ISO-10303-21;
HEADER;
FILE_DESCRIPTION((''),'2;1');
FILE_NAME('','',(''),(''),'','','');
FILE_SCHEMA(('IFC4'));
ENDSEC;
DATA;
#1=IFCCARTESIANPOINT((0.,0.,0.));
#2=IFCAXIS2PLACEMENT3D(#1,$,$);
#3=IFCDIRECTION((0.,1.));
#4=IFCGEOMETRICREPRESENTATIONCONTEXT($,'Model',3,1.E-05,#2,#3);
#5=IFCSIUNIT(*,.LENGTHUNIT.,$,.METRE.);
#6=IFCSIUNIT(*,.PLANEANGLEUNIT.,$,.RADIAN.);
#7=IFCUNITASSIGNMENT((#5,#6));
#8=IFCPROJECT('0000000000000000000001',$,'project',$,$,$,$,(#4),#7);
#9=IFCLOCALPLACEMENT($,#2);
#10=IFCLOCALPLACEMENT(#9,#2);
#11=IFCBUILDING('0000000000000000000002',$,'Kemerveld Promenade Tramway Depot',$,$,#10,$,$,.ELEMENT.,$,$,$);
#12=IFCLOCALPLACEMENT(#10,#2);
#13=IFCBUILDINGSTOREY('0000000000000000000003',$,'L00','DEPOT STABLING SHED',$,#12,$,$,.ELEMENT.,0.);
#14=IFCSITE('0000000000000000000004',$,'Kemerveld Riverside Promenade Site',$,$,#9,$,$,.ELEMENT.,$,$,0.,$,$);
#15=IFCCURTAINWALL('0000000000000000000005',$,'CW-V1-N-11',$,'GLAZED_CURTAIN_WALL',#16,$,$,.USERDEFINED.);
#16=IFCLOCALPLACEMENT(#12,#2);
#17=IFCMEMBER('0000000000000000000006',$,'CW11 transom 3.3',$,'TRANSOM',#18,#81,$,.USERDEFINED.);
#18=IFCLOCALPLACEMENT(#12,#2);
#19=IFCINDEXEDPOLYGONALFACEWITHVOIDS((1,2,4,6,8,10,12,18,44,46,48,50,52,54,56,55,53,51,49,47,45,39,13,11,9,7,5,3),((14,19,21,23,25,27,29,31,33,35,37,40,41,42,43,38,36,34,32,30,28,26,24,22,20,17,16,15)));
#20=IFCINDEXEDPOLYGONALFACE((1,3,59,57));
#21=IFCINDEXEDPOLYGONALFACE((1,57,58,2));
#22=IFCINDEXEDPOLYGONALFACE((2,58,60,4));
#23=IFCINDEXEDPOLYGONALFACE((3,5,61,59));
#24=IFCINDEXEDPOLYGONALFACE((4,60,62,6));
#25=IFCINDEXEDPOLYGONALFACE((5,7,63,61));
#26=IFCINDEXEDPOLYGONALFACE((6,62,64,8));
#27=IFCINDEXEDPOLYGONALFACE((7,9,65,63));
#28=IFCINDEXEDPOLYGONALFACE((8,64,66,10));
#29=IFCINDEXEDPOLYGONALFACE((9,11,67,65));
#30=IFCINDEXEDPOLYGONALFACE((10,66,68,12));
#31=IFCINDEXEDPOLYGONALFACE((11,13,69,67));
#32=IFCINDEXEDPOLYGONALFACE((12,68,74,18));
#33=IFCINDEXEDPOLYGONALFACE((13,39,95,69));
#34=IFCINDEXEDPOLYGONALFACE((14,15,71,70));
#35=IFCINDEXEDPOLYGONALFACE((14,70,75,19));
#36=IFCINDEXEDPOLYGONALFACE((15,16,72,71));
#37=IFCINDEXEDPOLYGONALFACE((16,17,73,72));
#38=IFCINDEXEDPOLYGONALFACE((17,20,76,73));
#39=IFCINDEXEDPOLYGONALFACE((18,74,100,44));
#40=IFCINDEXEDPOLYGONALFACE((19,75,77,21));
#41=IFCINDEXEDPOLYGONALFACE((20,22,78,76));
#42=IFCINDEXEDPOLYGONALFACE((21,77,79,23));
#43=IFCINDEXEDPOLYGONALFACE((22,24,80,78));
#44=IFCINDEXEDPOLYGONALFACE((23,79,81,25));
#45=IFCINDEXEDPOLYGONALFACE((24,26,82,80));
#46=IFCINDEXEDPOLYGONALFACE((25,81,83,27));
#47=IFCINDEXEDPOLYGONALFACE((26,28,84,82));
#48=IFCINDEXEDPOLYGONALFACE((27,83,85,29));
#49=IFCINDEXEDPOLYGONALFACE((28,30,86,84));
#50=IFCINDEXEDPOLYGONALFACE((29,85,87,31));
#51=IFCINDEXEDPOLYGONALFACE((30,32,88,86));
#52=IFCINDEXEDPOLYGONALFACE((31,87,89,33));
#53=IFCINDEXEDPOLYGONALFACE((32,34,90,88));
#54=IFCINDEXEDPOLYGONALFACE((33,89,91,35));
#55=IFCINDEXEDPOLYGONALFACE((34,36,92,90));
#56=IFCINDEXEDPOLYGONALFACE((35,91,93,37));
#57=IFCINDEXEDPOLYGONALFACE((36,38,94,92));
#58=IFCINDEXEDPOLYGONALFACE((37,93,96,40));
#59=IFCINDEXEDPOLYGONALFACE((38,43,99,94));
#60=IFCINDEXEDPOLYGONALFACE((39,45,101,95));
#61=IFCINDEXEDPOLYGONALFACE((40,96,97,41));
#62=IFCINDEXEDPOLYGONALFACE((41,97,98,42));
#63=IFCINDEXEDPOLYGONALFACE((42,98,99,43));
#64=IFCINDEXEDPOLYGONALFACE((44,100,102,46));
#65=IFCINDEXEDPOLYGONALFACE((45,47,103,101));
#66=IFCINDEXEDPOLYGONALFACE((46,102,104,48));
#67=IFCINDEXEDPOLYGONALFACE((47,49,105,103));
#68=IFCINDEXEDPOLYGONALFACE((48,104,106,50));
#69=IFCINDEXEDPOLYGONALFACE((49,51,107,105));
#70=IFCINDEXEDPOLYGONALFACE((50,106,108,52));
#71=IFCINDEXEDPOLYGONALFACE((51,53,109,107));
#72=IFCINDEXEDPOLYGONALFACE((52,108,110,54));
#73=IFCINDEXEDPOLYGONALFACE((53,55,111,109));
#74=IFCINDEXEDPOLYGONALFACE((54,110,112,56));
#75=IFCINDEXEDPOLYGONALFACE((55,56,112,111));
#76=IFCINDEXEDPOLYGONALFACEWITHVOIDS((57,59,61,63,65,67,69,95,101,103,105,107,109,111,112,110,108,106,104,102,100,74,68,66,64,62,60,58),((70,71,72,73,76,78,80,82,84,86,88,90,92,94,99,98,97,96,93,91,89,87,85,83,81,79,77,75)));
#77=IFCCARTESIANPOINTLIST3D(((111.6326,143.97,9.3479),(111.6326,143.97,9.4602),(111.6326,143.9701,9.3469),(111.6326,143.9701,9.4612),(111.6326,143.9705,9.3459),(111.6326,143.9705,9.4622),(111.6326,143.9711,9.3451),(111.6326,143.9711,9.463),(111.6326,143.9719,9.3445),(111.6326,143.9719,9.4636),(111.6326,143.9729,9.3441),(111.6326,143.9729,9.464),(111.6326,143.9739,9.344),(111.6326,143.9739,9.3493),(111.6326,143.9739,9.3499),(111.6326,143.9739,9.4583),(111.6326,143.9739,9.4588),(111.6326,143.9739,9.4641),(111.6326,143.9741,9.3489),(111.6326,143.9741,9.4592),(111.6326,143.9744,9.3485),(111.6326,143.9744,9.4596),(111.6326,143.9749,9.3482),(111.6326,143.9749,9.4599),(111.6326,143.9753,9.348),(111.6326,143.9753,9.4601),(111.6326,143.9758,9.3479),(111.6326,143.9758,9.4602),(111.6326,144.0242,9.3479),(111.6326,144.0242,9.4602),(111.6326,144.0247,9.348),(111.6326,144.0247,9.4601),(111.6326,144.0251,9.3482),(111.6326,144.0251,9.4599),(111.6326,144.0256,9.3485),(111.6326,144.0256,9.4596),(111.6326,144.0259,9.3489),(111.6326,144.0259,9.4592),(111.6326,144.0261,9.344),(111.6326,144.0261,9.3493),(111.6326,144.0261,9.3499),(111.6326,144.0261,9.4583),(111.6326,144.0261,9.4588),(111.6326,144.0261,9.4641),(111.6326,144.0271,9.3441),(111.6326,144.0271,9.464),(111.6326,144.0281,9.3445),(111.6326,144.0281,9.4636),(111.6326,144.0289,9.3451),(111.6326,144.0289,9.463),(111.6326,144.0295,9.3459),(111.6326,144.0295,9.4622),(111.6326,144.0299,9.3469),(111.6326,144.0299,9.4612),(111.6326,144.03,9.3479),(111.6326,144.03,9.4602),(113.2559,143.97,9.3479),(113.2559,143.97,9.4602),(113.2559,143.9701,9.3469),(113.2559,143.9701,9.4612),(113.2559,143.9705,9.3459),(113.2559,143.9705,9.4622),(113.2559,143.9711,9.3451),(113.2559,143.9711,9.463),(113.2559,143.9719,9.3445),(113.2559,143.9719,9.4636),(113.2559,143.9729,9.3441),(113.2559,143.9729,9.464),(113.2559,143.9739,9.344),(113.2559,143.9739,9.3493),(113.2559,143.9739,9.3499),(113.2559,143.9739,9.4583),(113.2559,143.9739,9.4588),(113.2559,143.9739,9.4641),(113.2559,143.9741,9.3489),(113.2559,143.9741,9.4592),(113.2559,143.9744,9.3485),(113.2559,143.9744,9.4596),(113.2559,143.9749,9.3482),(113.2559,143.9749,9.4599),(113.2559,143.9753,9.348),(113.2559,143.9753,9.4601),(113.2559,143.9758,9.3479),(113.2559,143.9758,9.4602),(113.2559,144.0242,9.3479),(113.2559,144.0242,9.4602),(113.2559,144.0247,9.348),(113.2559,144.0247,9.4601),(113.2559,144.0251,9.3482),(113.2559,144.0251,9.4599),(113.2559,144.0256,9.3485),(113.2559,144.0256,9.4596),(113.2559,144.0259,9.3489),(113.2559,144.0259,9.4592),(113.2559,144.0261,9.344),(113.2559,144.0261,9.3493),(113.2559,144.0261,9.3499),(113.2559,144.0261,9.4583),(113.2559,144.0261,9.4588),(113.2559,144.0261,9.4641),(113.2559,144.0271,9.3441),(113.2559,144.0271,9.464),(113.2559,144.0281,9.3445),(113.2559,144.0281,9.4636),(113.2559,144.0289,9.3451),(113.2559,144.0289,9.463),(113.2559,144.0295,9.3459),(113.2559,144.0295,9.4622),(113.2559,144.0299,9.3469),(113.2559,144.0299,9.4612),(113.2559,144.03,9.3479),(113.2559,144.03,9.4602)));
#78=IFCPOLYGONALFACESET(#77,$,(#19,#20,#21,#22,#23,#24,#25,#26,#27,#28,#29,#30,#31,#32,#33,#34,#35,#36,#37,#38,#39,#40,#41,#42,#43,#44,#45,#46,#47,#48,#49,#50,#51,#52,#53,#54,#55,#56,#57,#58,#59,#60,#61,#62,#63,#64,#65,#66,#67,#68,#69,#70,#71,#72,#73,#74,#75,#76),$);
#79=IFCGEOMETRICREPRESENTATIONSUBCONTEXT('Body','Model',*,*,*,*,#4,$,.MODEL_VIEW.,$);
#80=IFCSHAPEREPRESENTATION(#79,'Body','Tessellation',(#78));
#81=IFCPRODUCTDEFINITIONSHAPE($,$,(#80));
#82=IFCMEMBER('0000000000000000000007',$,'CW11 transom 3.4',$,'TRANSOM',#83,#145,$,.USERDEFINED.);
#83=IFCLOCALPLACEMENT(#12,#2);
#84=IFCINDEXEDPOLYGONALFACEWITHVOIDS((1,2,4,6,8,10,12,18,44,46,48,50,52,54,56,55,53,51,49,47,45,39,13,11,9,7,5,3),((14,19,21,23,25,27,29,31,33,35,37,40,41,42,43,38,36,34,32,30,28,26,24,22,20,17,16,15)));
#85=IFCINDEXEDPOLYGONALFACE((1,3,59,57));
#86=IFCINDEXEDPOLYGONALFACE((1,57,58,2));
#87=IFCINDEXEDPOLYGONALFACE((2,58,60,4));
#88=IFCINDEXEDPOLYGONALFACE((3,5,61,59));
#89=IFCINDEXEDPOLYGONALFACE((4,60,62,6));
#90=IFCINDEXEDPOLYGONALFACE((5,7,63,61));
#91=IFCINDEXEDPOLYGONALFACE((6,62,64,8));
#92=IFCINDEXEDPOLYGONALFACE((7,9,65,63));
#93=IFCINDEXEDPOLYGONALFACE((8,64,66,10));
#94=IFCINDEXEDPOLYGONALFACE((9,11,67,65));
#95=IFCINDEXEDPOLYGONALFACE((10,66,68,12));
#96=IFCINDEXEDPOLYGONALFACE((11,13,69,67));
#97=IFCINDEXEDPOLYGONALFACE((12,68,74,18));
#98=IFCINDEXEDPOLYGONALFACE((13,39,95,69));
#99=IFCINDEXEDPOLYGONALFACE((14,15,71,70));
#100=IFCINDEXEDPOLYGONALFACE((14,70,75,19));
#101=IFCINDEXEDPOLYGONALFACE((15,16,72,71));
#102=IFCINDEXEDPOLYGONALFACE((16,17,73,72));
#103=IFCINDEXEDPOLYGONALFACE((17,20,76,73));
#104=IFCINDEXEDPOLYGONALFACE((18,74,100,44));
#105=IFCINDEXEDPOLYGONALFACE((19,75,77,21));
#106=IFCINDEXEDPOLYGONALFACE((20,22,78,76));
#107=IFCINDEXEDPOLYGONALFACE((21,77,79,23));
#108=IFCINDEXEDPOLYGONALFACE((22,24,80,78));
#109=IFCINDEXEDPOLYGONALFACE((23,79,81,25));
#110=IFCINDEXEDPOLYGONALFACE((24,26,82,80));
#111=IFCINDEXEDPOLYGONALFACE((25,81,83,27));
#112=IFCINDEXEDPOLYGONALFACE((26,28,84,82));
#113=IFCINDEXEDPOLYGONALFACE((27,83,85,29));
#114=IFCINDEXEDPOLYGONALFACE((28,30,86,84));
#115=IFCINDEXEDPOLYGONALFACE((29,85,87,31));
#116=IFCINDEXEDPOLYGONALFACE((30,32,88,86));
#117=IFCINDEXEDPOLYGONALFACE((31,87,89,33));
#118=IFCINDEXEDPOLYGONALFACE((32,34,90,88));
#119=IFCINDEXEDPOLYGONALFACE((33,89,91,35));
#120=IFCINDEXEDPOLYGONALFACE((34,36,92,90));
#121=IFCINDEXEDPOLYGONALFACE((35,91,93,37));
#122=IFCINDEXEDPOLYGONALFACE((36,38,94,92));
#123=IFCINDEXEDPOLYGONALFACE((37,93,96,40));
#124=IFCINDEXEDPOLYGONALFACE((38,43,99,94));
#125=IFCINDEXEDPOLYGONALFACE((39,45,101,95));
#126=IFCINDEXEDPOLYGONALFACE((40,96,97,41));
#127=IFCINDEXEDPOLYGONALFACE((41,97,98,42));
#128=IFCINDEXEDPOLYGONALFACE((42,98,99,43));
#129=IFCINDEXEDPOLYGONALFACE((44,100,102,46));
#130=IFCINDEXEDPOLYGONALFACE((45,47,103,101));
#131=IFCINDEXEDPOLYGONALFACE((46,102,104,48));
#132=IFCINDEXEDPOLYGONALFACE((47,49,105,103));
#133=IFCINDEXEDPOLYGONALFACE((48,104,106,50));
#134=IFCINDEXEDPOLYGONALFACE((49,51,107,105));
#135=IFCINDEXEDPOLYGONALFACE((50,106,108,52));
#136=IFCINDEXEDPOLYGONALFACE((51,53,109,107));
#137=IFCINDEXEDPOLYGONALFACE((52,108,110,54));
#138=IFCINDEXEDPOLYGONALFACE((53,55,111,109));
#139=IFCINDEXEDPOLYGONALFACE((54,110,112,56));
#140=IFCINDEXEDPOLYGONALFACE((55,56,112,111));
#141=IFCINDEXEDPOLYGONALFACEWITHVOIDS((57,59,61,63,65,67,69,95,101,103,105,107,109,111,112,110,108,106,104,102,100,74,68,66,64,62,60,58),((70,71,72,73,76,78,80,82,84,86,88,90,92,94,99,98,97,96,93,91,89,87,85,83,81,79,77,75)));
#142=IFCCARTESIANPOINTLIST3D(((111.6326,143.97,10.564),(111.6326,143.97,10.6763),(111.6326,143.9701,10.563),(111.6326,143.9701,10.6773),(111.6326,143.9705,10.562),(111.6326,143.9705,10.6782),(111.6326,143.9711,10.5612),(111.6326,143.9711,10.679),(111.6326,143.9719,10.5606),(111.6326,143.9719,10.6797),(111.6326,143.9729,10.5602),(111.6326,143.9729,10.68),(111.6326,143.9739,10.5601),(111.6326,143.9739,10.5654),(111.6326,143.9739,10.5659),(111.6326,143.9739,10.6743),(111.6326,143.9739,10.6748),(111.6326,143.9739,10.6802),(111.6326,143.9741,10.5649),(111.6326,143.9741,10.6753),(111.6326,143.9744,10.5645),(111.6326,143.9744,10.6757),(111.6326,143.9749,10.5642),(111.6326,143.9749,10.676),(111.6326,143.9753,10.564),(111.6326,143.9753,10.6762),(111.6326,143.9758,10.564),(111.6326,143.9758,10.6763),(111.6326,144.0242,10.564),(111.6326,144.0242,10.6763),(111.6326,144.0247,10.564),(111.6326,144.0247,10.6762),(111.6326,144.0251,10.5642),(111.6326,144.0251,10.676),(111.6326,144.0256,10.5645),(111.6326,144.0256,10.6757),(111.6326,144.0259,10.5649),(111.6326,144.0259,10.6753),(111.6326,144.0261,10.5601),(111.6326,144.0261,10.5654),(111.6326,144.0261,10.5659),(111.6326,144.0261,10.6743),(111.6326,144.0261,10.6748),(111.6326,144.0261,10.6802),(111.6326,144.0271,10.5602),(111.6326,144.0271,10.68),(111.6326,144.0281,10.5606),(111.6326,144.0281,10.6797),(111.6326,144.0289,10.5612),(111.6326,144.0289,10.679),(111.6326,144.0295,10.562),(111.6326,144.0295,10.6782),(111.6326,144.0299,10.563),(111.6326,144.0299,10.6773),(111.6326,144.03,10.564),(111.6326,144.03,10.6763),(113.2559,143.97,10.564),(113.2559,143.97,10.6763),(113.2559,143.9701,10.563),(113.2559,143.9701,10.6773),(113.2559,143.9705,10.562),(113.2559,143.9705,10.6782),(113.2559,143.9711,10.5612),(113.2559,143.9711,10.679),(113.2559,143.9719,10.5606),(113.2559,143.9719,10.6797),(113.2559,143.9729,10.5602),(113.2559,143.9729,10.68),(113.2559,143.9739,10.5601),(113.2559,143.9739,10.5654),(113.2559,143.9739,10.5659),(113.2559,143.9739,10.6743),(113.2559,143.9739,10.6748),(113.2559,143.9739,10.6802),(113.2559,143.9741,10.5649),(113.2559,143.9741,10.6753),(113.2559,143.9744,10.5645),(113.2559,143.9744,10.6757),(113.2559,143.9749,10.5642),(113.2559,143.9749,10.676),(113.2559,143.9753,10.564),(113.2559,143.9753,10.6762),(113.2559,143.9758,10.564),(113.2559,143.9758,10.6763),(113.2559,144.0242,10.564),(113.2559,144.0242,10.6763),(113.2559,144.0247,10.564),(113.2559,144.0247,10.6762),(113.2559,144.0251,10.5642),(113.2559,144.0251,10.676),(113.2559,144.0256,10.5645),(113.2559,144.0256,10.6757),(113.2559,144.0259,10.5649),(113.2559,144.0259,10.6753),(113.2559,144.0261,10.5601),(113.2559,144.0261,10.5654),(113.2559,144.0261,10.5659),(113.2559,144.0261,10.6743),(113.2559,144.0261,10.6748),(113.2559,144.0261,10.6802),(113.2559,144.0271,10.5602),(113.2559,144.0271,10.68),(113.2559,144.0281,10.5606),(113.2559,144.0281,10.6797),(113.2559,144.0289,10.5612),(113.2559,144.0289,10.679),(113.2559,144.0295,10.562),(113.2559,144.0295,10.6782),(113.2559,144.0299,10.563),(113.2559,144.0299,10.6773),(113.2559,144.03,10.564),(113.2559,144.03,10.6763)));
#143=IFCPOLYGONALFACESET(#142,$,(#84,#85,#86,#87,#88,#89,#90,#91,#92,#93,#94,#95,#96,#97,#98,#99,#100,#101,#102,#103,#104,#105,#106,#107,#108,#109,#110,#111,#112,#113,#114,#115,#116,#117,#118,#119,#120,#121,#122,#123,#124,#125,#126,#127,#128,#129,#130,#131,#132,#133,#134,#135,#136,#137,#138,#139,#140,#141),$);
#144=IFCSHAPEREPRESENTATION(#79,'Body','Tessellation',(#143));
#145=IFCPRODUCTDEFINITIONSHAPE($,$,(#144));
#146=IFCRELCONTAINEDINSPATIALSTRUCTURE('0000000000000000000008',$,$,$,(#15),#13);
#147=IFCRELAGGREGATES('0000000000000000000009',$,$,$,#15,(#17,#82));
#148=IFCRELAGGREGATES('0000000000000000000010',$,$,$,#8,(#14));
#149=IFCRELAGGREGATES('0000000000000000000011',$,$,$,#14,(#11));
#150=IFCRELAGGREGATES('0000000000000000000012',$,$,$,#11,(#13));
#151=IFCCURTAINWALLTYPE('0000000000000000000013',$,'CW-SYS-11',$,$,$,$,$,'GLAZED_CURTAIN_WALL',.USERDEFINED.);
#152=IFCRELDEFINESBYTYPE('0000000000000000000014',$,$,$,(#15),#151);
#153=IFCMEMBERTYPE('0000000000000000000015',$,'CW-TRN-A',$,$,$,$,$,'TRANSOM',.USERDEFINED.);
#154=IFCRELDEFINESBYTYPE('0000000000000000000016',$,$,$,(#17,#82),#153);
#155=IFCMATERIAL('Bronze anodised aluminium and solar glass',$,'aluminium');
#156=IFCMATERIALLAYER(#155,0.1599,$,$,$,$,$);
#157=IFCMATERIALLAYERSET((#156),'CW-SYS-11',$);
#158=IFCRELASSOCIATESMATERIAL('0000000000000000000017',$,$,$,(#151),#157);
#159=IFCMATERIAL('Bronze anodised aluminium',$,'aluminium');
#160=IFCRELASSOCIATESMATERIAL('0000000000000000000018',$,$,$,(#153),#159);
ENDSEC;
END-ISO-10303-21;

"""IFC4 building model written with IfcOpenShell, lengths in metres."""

from ifc_helpers import new_model, si_unit, direction, frame, origin, origin_2d, place, context, subcontext, project, spatial, hollow_rectangle, extrude, material, layer, layer_set, material_profile, profile_set, type_object, element, aggregate, save


model = new_model("IFC4")

# Units and contexts
model_context = context("Model", 3, precision=1e-05, world=origin(), true_north=direction((0.0, 1.0)))
body_context = subcontext(model_context, "Body", "Model", "MODEL_VIEW")
ifc_project = project(units=[si_unit("LENGTHUNIT", "METRE"), si_unit("PLANEANGLEUNIT", "RADIAN")], contexts=[model_context])

# Site, building, storey
site_placement = place(None, origin())
site = spatial("IfcSite", under=ifc_project, at=site_placement, Name="Kemerveld Riverside Promenade Site", CompositionType="ELEMENT", RefElevation=0.0)
building_placement = place(site_placement, origin())
building = spatial("IfcBuilding", under=site, at=building_placement, Name="Kemerveld Promenade Tramway Depot", CompositionType="ELEMENT")
storey_placement = place(building_placement, origin())
storey = spatial("IfcBuildingStorey", under=building, at=storey_placement, Name="L00", Description="DEPOT STABLING SHED", CompositionType="ELEMENT", Elevation=0.0)

# Curtain wall, members
ifc_material_1 = material(Name="Bronze anodised aluminium and solar glass", Category="aluminium")
ifc_layer_1 = layer(ifc_material_1, 0.1599)
ifc_layer_set_1 = layer_set([ifc_layer_1], Name="CW-SYS-11")
curtain_wall_type_1 = type_object("IfcCurtainWallType", Name="CW-SYS-11", ElementType="GLAZED_CURTAIN_WALL", PredefinedType="USERDEFINED", material=ifc_layer_set_1)
curtain_wall_1_placement = place(storey_placement, origin())
curtain_wall_1 = element("IfcCurtainWall", 1, at=curtain_wall_1_placement, inside=storey, type_object=curtain_wall_type_1, Name="CW-V1-N-11", ObjectType="GLAZED_CURTAIN_WALL", PredefinedType="USERDEFINED")
ifc_material_2 = material(Name="Bronze anodised aluminium", Category="aluminium")
ifc_material_profile_1 = material_profile(ifc_material_2, hollow_rectangle(XDim=0.0601, YDim=0.1201, WallThickness=0.0039, InnerFilletRadius=0.002, OuterFilletRadius=0.0039, at=origin_2d()), Name="CW-TRN-120x60")
ifc_profile_set_1 = profile_set([ifc_material_profile_1], Name="Bronze anodised aluminium")
member_type_1 = type_object("IfcMemberType", Name="CW-TRN-A", ElementType="TRANSOM", PredefinedType="USERDEFINED", material=ifc_profile_set_1)
member_1_placement = place(storey_placement, frame((111.6326, 144.0, 9.4041), z_axis=(1.0, 0.0, 0.0), x_axis=(0.0, 1.0, 0.0)))
member_1 = element("IfcMember", 2, at=member_1_placement, type_object=member_type_1, Name="CW11 transom 3.3", ObjectType="TRANSOM", PredefinedType="USERDEFINED", context=body_context, shape_type="SweptSolid", body=[
    extrude(hollow_rectangle(XDim=0.0601, YDim=0.1201, WallThickness=0.0039, InnerFilletRadius=0.002, OuterFilletRadius=0.0039, at=origin_2d()), origin(), (0.0, 0.0, 1.0), 1.6233),
])
member_2_placement = place(storey_placement, frame((111.6326, 144.0, 10.6201), z_axis=(1.0, 0.0, 0.0), x_axis=(0.0, 1.0, 0.0)))
member_2 = element("IfcMember", 3, at=member_2_placement, type_object=member_type_1, Name="CW11 transom 3.4", ObjectType="TRANSOM", PredefinedType="USERDEFINED", context=body_context, shape_type="SweptSolid", body=[
    extrude(hollow_rectangle(XDim=0.0601, YDim=0.1201, WallThickness=0.0039, InnerFilletRadius=0.002, OuterFilletRadius=0.0039, at=origin_2d()), origin(), (0.0, 0.0, 1.0), 1.6233),
])

aggregate(curtain_wall_1, [member_1, member_2])

save(model, "model.ifc")
